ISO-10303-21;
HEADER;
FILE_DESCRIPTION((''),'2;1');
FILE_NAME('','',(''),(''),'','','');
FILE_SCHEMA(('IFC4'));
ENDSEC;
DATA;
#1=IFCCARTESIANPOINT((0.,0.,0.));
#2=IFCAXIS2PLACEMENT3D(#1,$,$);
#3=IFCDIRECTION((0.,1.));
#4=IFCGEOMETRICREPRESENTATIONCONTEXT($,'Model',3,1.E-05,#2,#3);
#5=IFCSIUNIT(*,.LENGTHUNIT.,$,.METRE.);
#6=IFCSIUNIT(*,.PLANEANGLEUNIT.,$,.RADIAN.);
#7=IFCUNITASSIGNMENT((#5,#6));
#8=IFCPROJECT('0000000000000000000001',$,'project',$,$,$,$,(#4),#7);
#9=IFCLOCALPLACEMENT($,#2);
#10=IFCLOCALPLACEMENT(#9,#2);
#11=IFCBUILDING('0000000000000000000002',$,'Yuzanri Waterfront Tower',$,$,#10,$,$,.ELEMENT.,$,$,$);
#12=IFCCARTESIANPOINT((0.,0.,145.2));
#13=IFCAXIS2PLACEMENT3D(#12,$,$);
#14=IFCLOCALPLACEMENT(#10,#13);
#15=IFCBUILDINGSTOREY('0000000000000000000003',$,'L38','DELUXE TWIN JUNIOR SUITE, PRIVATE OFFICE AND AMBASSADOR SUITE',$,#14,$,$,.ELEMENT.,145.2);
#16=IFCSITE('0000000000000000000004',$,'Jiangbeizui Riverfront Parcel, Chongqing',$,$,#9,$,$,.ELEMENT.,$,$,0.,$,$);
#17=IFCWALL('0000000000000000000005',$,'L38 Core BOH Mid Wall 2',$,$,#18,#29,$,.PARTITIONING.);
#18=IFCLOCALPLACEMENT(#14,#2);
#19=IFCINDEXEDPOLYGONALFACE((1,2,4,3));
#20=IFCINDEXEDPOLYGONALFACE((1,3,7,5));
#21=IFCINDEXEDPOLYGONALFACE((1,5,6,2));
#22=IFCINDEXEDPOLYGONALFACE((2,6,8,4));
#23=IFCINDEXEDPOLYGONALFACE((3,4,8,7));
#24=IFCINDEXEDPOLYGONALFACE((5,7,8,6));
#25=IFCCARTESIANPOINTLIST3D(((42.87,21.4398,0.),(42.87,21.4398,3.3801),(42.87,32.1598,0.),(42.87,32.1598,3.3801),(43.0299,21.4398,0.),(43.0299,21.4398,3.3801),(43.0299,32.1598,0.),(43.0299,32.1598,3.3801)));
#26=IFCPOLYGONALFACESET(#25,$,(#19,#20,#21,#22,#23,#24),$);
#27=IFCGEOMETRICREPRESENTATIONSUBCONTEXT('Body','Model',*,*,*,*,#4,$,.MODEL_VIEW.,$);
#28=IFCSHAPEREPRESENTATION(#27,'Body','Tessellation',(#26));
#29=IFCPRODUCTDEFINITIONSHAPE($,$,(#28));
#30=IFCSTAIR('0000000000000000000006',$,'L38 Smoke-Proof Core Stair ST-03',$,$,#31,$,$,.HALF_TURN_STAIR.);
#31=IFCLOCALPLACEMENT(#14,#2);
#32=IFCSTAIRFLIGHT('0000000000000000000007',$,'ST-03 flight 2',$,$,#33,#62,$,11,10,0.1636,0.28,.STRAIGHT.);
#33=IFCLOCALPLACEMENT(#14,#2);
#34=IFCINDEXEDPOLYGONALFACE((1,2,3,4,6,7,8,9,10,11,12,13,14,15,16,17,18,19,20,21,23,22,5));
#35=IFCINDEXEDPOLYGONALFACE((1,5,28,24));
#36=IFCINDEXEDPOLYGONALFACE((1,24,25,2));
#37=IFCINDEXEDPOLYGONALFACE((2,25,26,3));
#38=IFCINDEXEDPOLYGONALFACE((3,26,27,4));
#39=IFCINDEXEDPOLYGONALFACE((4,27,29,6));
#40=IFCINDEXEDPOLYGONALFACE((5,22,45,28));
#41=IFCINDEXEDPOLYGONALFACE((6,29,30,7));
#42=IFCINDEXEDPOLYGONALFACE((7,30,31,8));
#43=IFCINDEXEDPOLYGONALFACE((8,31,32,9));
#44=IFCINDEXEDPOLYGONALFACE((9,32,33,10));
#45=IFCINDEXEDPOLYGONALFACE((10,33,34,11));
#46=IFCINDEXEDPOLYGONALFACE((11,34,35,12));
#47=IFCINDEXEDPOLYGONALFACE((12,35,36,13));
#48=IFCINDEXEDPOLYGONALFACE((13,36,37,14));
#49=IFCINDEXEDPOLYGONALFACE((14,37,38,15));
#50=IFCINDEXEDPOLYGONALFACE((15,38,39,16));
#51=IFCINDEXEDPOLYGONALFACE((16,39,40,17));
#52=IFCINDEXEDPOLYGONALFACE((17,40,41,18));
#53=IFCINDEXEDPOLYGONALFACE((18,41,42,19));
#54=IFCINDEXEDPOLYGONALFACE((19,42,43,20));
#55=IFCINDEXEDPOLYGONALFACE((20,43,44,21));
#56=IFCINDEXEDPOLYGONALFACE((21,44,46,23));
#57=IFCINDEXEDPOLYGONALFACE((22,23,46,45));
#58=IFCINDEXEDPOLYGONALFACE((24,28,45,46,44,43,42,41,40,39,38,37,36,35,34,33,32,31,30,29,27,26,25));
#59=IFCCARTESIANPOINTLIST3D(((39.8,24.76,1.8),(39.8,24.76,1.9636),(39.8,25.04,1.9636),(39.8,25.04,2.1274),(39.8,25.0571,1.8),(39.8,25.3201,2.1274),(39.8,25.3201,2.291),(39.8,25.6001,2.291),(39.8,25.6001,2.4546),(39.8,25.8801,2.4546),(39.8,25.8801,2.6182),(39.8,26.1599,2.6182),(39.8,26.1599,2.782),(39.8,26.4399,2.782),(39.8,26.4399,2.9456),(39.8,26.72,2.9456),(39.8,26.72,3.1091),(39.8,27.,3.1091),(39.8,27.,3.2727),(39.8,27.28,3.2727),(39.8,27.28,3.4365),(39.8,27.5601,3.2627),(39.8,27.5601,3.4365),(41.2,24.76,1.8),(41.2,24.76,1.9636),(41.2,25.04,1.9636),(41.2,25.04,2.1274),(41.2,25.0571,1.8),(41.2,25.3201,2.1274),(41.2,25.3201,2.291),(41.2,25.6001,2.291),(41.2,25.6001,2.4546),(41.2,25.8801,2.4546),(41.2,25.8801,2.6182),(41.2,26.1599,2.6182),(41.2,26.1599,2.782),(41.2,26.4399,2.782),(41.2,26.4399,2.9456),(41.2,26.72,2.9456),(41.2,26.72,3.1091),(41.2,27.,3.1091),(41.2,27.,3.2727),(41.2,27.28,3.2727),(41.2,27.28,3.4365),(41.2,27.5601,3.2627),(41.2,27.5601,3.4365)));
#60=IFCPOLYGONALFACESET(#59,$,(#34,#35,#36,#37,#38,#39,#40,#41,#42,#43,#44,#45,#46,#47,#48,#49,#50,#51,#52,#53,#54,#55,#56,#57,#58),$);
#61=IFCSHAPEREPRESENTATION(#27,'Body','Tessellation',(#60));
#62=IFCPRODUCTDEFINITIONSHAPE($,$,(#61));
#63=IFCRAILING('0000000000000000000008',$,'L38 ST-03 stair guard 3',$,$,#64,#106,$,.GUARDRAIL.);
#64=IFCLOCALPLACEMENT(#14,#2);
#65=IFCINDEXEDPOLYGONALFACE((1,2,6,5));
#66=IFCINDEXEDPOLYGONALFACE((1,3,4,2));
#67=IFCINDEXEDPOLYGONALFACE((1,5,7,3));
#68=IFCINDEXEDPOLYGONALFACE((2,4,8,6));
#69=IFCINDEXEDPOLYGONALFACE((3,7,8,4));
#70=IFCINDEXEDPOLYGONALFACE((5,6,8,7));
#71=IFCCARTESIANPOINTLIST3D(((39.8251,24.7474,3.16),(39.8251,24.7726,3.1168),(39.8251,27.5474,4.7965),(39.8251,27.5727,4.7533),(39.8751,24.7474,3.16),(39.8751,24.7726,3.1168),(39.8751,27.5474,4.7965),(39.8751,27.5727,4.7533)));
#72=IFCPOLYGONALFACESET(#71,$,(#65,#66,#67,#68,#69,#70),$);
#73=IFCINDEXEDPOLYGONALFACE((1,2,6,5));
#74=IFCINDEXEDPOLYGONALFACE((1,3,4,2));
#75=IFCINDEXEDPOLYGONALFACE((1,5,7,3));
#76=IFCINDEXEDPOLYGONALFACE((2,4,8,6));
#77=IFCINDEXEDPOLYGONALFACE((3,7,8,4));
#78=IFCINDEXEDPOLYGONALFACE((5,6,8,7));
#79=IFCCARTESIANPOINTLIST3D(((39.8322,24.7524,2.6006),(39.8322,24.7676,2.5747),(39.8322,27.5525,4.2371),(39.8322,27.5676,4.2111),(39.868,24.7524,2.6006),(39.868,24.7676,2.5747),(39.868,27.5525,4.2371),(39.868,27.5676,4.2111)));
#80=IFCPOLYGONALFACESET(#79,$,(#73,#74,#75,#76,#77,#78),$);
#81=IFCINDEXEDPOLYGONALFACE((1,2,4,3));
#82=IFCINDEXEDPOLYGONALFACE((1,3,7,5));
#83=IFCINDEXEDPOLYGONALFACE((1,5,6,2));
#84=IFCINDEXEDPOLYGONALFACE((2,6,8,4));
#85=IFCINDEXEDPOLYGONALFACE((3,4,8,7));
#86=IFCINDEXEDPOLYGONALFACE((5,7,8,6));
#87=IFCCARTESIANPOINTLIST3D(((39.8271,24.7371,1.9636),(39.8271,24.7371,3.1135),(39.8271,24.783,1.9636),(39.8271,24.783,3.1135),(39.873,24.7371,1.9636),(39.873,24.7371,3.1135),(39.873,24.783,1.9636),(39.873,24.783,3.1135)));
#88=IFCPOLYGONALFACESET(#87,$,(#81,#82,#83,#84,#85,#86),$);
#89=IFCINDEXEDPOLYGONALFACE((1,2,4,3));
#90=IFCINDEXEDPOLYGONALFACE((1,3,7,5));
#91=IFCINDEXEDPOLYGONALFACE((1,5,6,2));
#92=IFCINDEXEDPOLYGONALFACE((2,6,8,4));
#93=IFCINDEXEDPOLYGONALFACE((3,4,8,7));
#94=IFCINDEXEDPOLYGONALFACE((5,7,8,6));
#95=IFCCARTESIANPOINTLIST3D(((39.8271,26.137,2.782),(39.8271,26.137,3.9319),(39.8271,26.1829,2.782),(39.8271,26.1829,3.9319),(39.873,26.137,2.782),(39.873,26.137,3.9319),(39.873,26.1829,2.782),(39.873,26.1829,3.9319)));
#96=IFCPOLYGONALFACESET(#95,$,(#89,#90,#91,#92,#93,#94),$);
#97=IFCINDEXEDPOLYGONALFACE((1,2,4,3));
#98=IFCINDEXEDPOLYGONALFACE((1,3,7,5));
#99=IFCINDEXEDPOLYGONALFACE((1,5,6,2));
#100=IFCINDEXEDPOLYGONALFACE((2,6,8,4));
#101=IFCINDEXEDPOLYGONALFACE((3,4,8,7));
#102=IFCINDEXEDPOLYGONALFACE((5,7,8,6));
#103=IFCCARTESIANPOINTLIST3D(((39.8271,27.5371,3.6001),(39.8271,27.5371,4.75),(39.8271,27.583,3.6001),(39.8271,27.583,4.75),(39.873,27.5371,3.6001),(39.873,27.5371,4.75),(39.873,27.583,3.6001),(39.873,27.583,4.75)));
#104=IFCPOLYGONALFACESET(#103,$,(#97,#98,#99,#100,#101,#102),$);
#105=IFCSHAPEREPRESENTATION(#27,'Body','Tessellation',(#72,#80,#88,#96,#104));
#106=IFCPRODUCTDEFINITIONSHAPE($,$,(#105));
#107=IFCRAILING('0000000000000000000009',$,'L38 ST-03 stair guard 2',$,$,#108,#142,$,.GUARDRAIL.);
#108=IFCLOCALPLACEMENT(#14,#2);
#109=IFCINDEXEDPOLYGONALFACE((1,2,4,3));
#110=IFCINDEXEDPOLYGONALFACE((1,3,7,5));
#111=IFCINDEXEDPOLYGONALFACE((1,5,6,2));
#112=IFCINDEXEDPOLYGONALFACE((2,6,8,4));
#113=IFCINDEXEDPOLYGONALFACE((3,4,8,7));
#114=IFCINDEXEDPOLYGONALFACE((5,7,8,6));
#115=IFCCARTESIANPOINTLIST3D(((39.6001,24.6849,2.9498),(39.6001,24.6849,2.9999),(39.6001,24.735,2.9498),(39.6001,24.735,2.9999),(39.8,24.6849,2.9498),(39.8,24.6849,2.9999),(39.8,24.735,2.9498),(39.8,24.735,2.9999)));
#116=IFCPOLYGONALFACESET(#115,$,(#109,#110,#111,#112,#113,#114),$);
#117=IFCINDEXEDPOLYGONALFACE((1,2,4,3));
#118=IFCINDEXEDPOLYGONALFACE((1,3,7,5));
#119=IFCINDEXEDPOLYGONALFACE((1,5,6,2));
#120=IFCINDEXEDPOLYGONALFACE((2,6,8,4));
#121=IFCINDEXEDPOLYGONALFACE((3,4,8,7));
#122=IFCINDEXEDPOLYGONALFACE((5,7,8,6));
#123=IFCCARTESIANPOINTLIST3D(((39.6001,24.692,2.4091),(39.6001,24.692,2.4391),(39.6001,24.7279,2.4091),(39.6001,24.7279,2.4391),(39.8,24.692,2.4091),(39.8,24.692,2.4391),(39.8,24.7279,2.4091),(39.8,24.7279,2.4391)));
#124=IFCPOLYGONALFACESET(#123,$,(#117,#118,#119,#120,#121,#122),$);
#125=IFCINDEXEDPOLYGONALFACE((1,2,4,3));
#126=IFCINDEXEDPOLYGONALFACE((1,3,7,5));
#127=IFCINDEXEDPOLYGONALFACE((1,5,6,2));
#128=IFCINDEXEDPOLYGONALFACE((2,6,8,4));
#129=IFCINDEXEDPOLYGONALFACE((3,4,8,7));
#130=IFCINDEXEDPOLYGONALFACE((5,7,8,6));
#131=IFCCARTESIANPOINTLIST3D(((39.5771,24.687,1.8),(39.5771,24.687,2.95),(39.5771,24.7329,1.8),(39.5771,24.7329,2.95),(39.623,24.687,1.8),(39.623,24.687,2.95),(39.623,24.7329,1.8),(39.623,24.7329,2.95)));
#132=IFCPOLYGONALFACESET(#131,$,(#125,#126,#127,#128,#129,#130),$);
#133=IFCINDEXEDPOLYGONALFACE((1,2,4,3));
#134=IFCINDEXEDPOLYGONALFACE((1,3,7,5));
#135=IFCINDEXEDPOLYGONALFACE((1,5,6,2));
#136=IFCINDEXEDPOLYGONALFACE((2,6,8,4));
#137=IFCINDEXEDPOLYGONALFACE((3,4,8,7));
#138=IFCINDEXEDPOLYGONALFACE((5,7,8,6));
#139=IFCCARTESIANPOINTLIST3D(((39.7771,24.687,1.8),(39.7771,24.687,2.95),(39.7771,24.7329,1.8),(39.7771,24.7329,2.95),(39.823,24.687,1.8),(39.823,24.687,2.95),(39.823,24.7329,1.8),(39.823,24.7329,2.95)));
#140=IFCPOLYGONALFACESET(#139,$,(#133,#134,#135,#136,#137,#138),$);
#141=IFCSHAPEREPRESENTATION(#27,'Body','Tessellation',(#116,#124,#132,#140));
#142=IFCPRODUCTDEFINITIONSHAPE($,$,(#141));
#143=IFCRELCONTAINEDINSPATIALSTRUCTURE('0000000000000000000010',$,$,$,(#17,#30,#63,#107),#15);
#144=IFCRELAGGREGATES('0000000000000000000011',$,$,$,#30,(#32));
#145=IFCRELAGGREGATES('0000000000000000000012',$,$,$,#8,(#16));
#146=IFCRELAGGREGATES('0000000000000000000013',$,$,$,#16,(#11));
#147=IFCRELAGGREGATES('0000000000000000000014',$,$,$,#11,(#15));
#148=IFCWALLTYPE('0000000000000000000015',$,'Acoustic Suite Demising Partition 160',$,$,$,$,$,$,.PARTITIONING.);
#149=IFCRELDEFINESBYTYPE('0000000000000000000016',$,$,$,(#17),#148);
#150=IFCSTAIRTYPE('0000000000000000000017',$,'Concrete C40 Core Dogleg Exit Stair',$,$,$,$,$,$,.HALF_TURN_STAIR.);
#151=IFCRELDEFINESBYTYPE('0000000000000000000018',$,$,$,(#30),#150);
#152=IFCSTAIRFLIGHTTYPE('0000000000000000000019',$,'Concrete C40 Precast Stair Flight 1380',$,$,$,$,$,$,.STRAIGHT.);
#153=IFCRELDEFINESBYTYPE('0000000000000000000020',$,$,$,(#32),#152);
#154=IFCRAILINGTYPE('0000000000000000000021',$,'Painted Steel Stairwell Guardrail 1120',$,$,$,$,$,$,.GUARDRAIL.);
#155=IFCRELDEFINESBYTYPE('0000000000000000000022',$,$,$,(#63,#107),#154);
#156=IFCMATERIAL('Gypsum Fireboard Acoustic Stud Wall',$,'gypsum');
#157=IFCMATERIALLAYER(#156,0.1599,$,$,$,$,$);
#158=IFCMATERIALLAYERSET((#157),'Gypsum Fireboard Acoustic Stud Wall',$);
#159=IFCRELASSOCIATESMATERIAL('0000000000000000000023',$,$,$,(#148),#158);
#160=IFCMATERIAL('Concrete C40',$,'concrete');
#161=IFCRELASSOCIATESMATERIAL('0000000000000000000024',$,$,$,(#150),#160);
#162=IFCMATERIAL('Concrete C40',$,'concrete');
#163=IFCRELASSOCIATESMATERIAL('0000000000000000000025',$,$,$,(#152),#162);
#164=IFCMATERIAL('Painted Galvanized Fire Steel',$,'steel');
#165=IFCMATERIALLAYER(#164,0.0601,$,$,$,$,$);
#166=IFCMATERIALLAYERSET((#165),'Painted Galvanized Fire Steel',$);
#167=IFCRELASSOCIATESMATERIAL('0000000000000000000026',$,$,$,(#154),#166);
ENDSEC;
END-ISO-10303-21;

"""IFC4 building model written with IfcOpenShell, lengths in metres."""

from ifc_helpers import new_model, si_unit, direction, frame, frame_2d, origin, origin_2d, place, context, subcontext, project, spatial, polyline, rectangle, outline, extrude, source, transform, mapped, material, layer, layer_set, type_object, element, aggregate, save


model = new_model("IFC4")

# Units and contexts
model_context = context("Model", 3, precision=1e-05, world=origin(), true_north=direction((0.0, 1.0)))
body_context = subcontext(model_context, "Body", "Model", "MODEL_VIEW")
ifc_project = project(units=[si_unit("LENGTHUNIT", "METRE"), si_unit("PLANEANGLEUNIT", "RADIAN")], contexts=[model_context])

# Site, building, storey
site_placement = place(None, origin())
site = spatial("IfcSite", under=ifc_project, at=site_placement, Name="Jiangbeizui Riverfront Parcel, Chongqing", CompositionType="ELEMENT", RefElevation=0.0)
building_placement = place(site_placement, origin())
building = spatial("IfcBuilding", under=site, at=building_placement, Name="Yuzanri Waterfront Tower", CompositionType="ELEMENT")
storey_placement = place(building_placement, frame((0.0, 0.0, 145.2)))
storey = spatial("IfcBuildingStorey", under=building, at=storey_placement, Name="L38", Description="DELUXE TWIN JUNIOR SUITE, PRIVATE OFFICE AND AMBASSADOR SUITE", CompositionType="ELEMENT", Elevation=145.2)

# Wall
ifc_material_1 = material(Name="Gypsum Fireboard Acoustic Stud Wall", Category="gypsum")
ifc_layer_1 = layer(ifc_material_1, 0.1599)
ifc_layer_set_1 = layer_set([ifc_layer_1], Name="Gypsum Fireboard Acoustic Stud Wall")
wall_type_1 = type_object("IfcWallType", Name="Acoustic Suite Demising Partition 160", PredefinedType="PARTITIONING", material=ifc_layer_set_1)
shared_shape_1 = source(origin(), body_context, "Body", "SweptSolid", [
    extrude(rectangle(XDim=10.72, YDim=0.1599, at=frame_2d((5.3599, 0.0))), origin(), (0.0, 0.0, 1.0), 3.3801),
])
wall_1_placement = place(storey_placement, frame((42.95, 21.4399, 0.0), z_axis=(0.0, 0.0, 1.0), x_axis=(0.0, 1.0, 0.0)))
element("IfcWall", 1, at=wall_1_placement, inside=storey, type_object=wall_type_1, Name="L38 Core BOH Mid Wall 2", PredefinedType="PARTITIONING", context=body_context, shape_type="MappedRepresentation", body=[
    mapped(shared_shape_1, transform((0.0, 0.0, 0.0), scale=1.0)),
])

# Stair, stair flight
ifc_material_2 = material(Name="Concrete C40", Category="concrete")
stair_type = type_object("IfcStairType", Name="Concrete C40 Core Dogleg Exit Stair", PredefinedType="HALF_TURN_STAIR", material=ifc_material_2)
stair_placement = place(storey_placement, origin())
stair = element("IfcStair", 2, at=stair_placement, inside=storey, type_object=stair_type, Name="L38 Smoke-Proof Core Stair ST-03", PredefinedType="HALF_TURN_STAIR")
ifc_material_3 = material(Name="Concrete C40", Category="concrete")
stair_flight_type = type_object("IfcStairFlightType", Name="Concrete C40 Precast Stair Flight 1380", PredefinedType="STRAIGHT", material=ifc_material_3)
shared_shape_2 = source(origin(), body_context, "Body", "SweptSolid", [
    extrude(outline(polyline([(0.0, 0.0), (0.0, 0.1636), (0.28, 0.1636), (0.28, 0.3274), (0.5601, 0.3274), (0.5601, 0.491), (0.8401, 0.491), (0.8401, 0.6545), (1.1201, 0.6545), (1.1201, 0.8181), (1.3999, 0.8181), (1.3999, 0.9819), (1.6799, 0.9819), (1.6799, 1.1455), (1.96, 1.1455), (1.96, 1.3091), (2.24, 1.3091), (2.24, 1.4727), (2.52, 1.4727), (2.52, 1.6365), (2.8, 1.6365), (2.8, 1.8), (2.8, 1.4626), (0.2971, 0.0), (0.0, 0.0)])), frame((0.0, 0.7, 0.0), z_axis=(0.0, -1.0, 0.0), x_axis=(1.0, 0.0, 0.0)), (0.0, 0.0, 1.0), 1.3999),
])
stair_flight_placement = place(storey_placement, frame((40.5, 24.76, 1.8), z_axis=(0.0, 0.0, 1.0), x_axis=(0.0, 1.0, 0.0)))
stair_flight = element("IfcStairFlight", 3, at=stair_flight_placement, type_object=stair_flight_type, Name="ST-03 flight 2", NumberOfRisers=11, NumberOfTreads=10, PredefinedType="STRAIGHT", RiserHeight=0.1636, TreadLength=0.28, context=body_context, shape_type="MappedRepresentation", body=[
    mapped(shared_shape_2, transform((0.0, 0.0, 0.0), scale=1.0)),
])
aggregate(stair, [stair_flight])

# Railings
ifc_material_4 = material(Name="Painted Galvanized Fire Steel", Category="steel")
ifc_layer_2 = layer(ifc_material_4, 0.0601)
ifc_layer_set_2 = layer_set([ifc_layer_2], Name="Painted Galvanized Fire Steel")
railing_type = type_object("IfcRailingType", Name="Painted Steel Stairwell Guardrail 1120", PredefinedType="GUARDRAIL", material=ifc_layer_set_2)
shared_shape_3 = source(origin(), body_context, "Body", "SweptSolid", [
    extrude(rectangle(XDim=0.05, YDim=0.05, at=origin_2d()), frame((0.0, 0.0, 1.1748), z_axis=(0.0, 0.863361, 0.504587), x_axis=(-1.0, 0.0, 0.0)), (0.0, 0.0, 1.0), 3.2432),
    extrude(rectangle(XDim=0.0359, YDim=0.03, at=origin_2d()), frame((0.0, 0.0, 0.624), z_axis=(0.0, 0.863361, 0.504587), x_axis=(-1.0, 0.0, 0.0)), (0.0, 0.0, 1.0), 3.2432),
    extrude(rectangle(XDim=0.0459, YDim=0.0459, at=origin_2d()), origin(), (0.0, 0.0, 1.0), 1.1499),
    extrude(rectangle(XDim=0.0459, YDim=0.0459, at=origin_2d()), frame((0.0, 1.3999, 0.8184)), (0.0, 0.0, 1.0), 1.1499),
    extrude(rectangle(XDim=0.0459, YDim=0.0459, at=origin_2d()), frame((0.0, 2.8, 1.6365)), (0.0, 0.0, 1.0), 1.1499),
])
railing_1_placement = place(storey_placement, frame((39.8501, 24.76, 1.9636)))
element("IfcRailing", 4, at=railing_1_placement, inside=storey, type_object=railing_type, Name="L38 ST-03 stair guard 3", PredefinedType="GUARDRAIL", context=body_context, shape_type="MappedRepresentation", body=[
    mapped(shared_shape_3, transform((0.0, 0.0, 0.0), scale=1.0)),
])
shared_shape_4 = source(origin(), body_context, "Body", "SweptSolid", [
    extrude(rectangle(XDim=0.05, YDim=0.05, at=origin_2d()), frame((0.0, 0.0, 1.1748), z_axis=(1.0, 0.0, 0.0), x_axis=(0.0, 1.0, 0.0)), (0.0, 0.0, 1.0), 0.2),
    extrude(rectangle(XDim=0.0359, YDim=0.03, at=origin_2d()), frame((0.0, 0.0, 0.624), z_axis=(1.0, 0.0, 0.0), x_axis=(0.0, 1.0, 0.0)), (0.0, 0.0, 1.0), 0.2),
    extrude(rectangle(XDim=0.0459, YDim=0.0459, at=origin_2d()), origin(), (0.0, 0.0, 1.0), 1.1499),
    extrude(rectangle(XDim=0.0459, YDim=0.0459, at=origin_2d()), frame((0.2, 0.0, 0.0)), (0.0, 0.0, 1.0), 1.1499),
])
railing_2_placement = place(storey_placement, frame((39.6001, 24.71, 1.8)))
element("IfcRailing", 5, at=railing_2_placement, inside=storey, type_object=railing_type, Name="L38 ST-03 stair guard 2", PredefinedType="GUARDRAIL", context=body_context, shape_type="MappedRepresentation", body=[
    mapped(shared_shape_4, transform((0.0, 0.0, 0.0), scale=1.0)),
])

save(model, "model.ifc")
